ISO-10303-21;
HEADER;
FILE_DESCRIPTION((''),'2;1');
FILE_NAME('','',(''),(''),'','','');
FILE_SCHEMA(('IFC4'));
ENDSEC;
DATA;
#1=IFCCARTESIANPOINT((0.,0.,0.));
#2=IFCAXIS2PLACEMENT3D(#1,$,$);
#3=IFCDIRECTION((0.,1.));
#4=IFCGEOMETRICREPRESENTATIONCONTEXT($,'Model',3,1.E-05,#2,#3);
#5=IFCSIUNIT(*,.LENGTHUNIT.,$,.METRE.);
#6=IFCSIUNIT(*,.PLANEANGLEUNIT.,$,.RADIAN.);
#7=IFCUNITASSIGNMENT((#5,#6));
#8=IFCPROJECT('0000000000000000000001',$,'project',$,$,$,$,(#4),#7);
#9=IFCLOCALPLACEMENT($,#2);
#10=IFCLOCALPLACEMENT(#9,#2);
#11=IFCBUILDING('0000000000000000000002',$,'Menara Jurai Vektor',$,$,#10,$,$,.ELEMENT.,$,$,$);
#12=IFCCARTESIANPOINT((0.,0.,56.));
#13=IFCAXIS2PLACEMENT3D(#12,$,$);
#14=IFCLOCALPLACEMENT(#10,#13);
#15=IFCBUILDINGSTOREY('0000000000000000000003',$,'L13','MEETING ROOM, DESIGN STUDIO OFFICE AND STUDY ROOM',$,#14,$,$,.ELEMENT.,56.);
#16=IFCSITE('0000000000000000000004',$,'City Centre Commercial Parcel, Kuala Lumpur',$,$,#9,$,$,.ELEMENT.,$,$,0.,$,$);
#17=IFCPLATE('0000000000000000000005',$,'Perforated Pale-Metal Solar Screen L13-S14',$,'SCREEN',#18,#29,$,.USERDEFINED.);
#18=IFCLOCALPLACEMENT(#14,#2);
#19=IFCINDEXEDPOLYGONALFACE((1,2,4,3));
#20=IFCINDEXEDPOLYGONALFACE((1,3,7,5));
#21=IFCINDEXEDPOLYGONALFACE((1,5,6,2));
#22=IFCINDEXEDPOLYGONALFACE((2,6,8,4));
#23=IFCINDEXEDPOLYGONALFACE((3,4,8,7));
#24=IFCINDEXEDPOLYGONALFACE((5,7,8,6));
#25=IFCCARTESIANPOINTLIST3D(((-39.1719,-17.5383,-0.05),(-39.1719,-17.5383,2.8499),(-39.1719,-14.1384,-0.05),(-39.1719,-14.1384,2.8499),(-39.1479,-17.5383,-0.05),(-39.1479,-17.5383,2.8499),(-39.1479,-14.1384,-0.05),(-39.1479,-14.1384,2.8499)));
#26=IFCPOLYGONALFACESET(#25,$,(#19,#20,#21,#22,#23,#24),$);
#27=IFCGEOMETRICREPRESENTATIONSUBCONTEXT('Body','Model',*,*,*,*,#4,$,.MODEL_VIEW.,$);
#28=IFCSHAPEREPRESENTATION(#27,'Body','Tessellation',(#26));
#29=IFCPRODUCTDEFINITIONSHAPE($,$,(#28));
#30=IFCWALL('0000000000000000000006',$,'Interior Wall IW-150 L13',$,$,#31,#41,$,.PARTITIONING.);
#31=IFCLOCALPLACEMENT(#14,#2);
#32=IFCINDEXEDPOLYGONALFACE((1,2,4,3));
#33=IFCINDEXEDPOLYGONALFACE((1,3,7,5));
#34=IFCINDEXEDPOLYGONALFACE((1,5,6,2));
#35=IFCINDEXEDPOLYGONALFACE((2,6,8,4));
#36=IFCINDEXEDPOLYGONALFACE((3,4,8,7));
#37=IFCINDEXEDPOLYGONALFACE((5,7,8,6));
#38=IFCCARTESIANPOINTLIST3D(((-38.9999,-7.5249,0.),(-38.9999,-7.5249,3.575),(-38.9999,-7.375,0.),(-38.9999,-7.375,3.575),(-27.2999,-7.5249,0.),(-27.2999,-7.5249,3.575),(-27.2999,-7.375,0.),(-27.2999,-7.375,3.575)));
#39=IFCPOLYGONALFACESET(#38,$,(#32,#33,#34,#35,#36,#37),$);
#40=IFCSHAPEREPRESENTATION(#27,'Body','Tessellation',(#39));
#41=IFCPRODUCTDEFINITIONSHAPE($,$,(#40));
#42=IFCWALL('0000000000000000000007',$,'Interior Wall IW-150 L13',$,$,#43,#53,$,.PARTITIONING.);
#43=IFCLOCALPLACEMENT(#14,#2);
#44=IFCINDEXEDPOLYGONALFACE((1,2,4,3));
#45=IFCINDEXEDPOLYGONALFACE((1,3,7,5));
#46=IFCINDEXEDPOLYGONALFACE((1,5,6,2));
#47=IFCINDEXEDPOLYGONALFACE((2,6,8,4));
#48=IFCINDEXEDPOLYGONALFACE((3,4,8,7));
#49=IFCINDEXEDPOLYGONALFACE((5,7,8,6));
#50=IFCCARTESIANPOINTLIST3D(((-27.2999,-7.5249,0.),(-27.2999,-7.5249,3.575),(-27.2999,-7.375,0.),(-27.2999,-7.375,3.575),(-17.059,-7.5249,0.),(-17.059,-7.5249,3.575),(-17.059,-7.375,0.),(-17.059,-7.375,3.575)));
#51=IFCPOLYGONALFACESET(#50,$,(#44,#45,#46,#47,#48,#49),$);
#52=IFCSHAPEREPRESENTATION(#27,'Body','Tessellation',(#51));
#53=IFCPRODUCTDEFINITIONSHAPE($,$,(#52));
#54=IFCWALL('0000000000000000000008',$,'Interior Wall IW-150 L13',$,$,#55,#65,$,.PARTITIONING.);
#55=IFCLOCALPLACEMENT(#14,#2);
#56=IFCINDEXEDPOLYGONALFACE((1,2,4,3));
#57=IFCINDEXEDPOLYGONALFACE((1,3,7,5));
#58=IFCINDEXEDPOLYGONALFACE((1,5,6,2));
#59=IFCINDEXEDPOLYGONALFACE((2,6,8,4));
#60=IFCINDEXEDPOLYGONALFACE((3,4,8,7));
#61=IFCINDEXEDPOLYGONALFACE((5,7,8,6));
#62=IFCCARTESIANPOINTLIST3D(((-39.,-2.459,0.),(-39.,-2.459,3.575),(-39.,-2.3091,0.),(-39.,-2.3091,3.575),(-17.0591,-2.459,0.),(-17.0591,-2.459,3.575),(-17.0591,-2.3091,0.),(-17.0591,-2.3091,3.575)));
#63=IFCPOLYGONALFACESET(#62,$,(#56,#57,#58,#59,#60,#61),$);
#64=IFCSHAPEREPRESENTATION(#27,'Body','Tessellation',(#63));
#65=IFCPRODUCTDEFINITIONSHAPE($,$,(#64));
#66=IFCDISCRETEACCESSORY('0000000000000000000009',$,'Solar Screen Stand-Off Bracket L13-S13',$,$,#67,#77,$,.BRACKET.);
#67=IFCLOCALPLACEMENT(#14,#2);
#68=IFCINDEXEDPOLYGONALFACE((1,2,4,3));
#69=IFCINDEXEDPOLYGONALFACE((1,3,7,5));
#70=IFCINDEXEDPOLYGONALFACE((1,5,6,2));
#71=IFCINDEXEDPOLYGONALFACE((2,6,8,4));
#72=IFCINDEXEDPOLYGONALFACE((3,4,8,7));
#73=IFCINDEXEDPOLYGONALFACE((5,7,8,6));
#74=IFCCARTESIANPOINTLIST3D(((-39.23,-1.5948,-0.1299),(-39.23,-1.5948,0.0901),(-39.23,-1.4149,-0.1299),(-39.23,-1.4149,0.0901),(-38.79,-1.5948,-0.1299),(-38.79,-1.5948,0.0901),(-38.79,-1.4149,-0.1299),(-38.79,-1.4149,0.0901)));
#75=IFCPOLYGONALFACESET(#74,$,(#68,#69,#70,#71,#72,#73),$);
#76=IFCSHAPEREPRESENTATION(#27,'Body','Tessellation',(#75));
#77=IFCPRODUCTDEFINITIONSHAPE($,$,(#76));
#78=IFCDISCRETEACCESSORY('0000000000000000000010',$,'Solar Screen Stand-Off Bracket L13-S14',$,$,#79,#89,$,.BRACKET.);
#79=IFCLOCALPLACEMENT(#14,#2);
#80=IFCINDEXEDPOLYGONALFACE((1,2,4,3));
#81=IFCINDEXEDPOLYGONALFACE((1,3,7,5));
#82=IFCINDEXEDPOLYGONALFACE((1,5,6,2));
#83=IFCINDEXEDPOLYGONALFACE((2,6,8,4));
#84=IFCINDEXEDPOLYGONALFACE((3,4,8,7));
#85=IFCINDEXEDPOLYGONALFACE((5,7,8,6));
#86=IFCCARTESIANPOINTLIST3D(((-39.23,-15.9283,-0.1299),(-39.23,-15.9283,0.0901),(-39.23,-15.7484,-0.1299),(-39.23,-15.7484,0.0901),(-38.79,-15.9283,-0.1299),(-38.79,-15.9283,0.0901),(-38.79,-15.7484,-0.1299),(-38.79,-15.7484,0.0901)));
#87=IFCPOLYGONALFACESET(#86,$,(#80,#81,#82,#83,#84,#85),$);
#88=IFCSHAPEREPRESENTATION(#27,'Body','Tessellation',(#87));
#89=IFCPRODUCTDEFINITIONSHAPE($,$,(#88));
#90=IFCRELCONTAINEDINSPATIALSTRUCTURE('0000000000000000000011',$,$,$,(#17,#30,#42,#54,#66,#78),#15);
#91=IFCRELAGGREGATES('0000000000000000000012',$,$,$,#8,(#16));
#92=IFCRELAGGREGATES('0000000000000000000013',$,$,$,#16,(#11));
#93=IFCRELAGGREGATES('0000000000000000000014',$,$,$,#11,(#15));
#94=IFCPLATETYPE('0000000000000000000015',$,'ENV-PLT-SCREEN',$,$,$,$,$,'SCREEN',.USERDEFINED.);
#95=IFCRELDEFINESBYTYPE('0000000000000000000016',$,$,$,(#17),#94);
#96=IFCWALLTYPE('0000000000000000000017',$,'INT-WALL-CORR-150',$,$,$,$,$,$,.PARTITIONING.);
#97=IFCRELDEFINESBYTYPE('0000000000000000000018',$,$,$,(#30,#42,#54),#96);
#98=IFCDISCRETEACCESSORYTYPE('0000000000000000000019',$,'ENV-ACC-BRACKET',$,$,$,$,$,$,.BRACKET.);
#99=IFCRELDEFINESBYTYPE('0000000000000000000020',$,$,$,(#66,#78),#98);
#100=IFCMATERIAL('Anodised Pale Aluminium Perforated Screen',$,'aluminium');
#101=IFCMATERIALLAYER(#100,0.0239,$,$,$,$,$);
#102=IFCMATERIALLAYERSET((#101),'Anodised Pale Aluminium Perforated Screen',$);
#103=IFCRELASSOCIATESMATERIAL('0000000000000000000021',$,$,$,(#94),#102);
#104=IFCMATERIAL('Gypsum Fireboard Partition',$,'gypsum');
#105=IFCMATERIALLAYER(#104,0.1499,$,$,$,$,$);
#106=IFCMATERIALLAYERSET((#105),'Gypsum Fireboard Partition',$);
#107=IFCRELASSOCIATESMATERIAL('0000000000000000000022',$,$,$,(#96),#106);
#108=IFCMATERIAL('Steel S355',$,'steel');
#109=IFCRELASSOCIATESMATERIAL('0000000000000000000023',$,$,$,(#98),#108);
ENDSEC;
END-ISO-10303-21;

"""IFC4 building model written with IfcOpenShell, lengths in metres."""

from ifc_helpers import new_model, si_unit, direction, frame, frame_2d, origin, origin_2d, place, context, subcontext, project, spatial, rectangle, extrude, material, layer, layer_set, type_object, element, save


model = new_model("IFC4")

# Units and contexts
model_context = context("Model", 3, precision=1e-05, world=origin(), true_north=direction((0.0, 1.0)))
body_context = subcontext(model_context, "Body", "Model", "MODEL_VIEW")
ifc_project = project(units=[si_unit("LENGTHUNIT", "METRE"), si_unit("PLANEANGLEUNIT", "RADIAN")], contexts=[model_context])

# Site, building, storey
site_placement = place(None, origin())
site = spatial("IfcSite", under=ifc_project, at=site_placement, Name="City Centre Commercial Parcel, Kuala Lumpur", CompositionType="ELEMENT", RefElevation=0.0)
building_placement = place(site_placement, origin())
building = spatial("IfcBuilding", under=site, at=building_placement, Name="Menara Jurai Vektor", CompositionType="ELEMENT")
storey_placement = place(building_placement, frame((0.0, 0.0, 56.0)))
storey = spatial("IfcBuildingStorey", under=building, at=storey_placement, Name="L13", Description="MEETING ROOM, DESIGN STUDIO OFFICE AND STUDY ROOM", CompositionType="ELEMENT", Elevation=56.0)

# Shared definitions
ifc_material_1 = material(Name="Steel S355", Category="steel")

# Plate
ifc_material_2 = material(Name="Anodised Pale Aluminium Perforated Screen", Category="aluminium")
ifc_layer_1 = layer(ifc_material_2, 0.0239)
ifc_layer_set_1 = layer_set([ifc_layer_1], Name="Anodised Pale Aluminium Perforated Screen")
plate_type_1 = type_object("IfcPlateType", Name="ENV-PLT-SCREEN", ElementType="SCREEN", PredefinedType="USERDEFINED", material=ifc_layer_set_1)
for number, where, z_axis, x_axis, name in (
    (1, (-39.1599, -15.8384, -0.05), (0.0, 0.0, 1.0), (0.0, -1.0, 0.0), "Perforated Pale-Metal Solar Screen L13-S14"),
):
    element("IfcPlate", number, at=place(storey_placement, frame(where, z_axis=z_axis, x_axis=x_axis)), inside=storey, type_object=plate_type_1, Name=name, ObjectType="SCREEN", PredefinedType="USERDEFINED", context=body_context, shape_type="SweptSolid", body=[
        extrude(rectangle(XDim=3.3999, YDim=0.0239, at=origin_2d()), origin(), (0.0, 0.0, 1.0), 2.8999),
    ])

# Walls
ifc_material_3 = material(Name="Gypsum Fireboard Partition", Category="gypsum")
ifc_layer_2 = layer(ifc_material_3, 0.1499)
ifc_layer_set_2 = layer_set([ifc_layer_2], Name="Gypsum Fireboard Partition")
wall_type = type_object("IfcWallType", Name="INT-WALL-CORR-150", PredefinedType="PARTITIONING", material=ifc_layer_set_2)
wall_1_placement = place(storey_placement, frame((-39.0, -7.45, 0.0), z_axis=(0.0, 0.0, 1.0), x_axis=(1.0, 0.0, 0.0)))
element("IfcWall", 2, at=wall_1_placement, inside=storey, type_object=wall_type, Name="Interior Wall IW-150 L13", PredefinedType="PARTITIONING", context=body_context, shape_type="SweptSolid", body=[
    extrude(rectangle(XDim=11.7, YDim=0.1499, at=frame_2d((5.8501, 0.0))), origin(), (0.0, 0.0, 1.0), 3.575),
])
wall_2_placement = place(storey_placement, frame((-27.3, -7.45, 0.0), z_axis=(0.0, 0.0, 1.0), x_axis=(1.0, 0.0, 0.0)))
element("IfcWall", 3, at=wall_2_placement, inside=storey, type_object=wall_type, Name="Interior Wall IW-150 L13", PredefinedType="PARTITIONING", context=body_context, shape_type="SweptSolid", body=[
    extrude(rectangle(XDim=10.241, YDim=0.1499, at=frame_2d((5.1206, 0.0))), origin(), (0.0, 0.0, 1.0), 3.575),
])
wall_3_placement = place(storey_placement, frame((-39.0, -2.384, 0.0), z_axis=(0.0, 0.0, 1.0), x_axis=(1.0, 0.0, 0.0)))
element("IfcWall", 4, at=wall_3_placement, inside=storey, type_object=wall_type, Name="Interior Wall IW-150 L13", PredefinedType="PARTITIONING", context=body_context, shape_type="SweptSolid", body=[
    extrude(rectangle(XDim=21.9409, YDim=0.1499, at=frame_2d((10.9705, 0.0))), origin(), (0.0, 0.0, 1.0), 3.575),
])

# Discrete accessories
discrete_accessory_type = type_object("IfcDiscreteAccessoryType", Name="ENV-ACC-BRACKET", PredefinedType="BRACKET", material=ifc_material_1)
for number, where, z_axis, x_axis, name in (
    (5, (-39.01, -1.5049, -0.1299), (0.0, 0.0, 1.0), (0.0, -1.0, 0.0), "Solar Screen Stand-Off Bracket L13-S13"),
    (6, (-39.01, -15.8384, -0.1299), (0.0, 0.0, 1.0), (0.0, -1.0, 0.0), "Solar Screen Stand-Off Bracket L13-S14"),
):
    element("IfcDiscreteAccessory", number, at=place(storey_placement, frame(where, z_axis=z_axis, x_axis=x_axis)), inside=storey, type_object=discrete_accessory_type, Name=name, PredefinedType="BRACKET", context=body_context, shape_type="SweptSolid", body=[
        extrude(rectangle(XDim=0.1799, YDim=0.4399, at=origin_2d()), origin(), (0.0, 0.0, 1.0), 0.22),
    ])

save(model, "model.ifc")
